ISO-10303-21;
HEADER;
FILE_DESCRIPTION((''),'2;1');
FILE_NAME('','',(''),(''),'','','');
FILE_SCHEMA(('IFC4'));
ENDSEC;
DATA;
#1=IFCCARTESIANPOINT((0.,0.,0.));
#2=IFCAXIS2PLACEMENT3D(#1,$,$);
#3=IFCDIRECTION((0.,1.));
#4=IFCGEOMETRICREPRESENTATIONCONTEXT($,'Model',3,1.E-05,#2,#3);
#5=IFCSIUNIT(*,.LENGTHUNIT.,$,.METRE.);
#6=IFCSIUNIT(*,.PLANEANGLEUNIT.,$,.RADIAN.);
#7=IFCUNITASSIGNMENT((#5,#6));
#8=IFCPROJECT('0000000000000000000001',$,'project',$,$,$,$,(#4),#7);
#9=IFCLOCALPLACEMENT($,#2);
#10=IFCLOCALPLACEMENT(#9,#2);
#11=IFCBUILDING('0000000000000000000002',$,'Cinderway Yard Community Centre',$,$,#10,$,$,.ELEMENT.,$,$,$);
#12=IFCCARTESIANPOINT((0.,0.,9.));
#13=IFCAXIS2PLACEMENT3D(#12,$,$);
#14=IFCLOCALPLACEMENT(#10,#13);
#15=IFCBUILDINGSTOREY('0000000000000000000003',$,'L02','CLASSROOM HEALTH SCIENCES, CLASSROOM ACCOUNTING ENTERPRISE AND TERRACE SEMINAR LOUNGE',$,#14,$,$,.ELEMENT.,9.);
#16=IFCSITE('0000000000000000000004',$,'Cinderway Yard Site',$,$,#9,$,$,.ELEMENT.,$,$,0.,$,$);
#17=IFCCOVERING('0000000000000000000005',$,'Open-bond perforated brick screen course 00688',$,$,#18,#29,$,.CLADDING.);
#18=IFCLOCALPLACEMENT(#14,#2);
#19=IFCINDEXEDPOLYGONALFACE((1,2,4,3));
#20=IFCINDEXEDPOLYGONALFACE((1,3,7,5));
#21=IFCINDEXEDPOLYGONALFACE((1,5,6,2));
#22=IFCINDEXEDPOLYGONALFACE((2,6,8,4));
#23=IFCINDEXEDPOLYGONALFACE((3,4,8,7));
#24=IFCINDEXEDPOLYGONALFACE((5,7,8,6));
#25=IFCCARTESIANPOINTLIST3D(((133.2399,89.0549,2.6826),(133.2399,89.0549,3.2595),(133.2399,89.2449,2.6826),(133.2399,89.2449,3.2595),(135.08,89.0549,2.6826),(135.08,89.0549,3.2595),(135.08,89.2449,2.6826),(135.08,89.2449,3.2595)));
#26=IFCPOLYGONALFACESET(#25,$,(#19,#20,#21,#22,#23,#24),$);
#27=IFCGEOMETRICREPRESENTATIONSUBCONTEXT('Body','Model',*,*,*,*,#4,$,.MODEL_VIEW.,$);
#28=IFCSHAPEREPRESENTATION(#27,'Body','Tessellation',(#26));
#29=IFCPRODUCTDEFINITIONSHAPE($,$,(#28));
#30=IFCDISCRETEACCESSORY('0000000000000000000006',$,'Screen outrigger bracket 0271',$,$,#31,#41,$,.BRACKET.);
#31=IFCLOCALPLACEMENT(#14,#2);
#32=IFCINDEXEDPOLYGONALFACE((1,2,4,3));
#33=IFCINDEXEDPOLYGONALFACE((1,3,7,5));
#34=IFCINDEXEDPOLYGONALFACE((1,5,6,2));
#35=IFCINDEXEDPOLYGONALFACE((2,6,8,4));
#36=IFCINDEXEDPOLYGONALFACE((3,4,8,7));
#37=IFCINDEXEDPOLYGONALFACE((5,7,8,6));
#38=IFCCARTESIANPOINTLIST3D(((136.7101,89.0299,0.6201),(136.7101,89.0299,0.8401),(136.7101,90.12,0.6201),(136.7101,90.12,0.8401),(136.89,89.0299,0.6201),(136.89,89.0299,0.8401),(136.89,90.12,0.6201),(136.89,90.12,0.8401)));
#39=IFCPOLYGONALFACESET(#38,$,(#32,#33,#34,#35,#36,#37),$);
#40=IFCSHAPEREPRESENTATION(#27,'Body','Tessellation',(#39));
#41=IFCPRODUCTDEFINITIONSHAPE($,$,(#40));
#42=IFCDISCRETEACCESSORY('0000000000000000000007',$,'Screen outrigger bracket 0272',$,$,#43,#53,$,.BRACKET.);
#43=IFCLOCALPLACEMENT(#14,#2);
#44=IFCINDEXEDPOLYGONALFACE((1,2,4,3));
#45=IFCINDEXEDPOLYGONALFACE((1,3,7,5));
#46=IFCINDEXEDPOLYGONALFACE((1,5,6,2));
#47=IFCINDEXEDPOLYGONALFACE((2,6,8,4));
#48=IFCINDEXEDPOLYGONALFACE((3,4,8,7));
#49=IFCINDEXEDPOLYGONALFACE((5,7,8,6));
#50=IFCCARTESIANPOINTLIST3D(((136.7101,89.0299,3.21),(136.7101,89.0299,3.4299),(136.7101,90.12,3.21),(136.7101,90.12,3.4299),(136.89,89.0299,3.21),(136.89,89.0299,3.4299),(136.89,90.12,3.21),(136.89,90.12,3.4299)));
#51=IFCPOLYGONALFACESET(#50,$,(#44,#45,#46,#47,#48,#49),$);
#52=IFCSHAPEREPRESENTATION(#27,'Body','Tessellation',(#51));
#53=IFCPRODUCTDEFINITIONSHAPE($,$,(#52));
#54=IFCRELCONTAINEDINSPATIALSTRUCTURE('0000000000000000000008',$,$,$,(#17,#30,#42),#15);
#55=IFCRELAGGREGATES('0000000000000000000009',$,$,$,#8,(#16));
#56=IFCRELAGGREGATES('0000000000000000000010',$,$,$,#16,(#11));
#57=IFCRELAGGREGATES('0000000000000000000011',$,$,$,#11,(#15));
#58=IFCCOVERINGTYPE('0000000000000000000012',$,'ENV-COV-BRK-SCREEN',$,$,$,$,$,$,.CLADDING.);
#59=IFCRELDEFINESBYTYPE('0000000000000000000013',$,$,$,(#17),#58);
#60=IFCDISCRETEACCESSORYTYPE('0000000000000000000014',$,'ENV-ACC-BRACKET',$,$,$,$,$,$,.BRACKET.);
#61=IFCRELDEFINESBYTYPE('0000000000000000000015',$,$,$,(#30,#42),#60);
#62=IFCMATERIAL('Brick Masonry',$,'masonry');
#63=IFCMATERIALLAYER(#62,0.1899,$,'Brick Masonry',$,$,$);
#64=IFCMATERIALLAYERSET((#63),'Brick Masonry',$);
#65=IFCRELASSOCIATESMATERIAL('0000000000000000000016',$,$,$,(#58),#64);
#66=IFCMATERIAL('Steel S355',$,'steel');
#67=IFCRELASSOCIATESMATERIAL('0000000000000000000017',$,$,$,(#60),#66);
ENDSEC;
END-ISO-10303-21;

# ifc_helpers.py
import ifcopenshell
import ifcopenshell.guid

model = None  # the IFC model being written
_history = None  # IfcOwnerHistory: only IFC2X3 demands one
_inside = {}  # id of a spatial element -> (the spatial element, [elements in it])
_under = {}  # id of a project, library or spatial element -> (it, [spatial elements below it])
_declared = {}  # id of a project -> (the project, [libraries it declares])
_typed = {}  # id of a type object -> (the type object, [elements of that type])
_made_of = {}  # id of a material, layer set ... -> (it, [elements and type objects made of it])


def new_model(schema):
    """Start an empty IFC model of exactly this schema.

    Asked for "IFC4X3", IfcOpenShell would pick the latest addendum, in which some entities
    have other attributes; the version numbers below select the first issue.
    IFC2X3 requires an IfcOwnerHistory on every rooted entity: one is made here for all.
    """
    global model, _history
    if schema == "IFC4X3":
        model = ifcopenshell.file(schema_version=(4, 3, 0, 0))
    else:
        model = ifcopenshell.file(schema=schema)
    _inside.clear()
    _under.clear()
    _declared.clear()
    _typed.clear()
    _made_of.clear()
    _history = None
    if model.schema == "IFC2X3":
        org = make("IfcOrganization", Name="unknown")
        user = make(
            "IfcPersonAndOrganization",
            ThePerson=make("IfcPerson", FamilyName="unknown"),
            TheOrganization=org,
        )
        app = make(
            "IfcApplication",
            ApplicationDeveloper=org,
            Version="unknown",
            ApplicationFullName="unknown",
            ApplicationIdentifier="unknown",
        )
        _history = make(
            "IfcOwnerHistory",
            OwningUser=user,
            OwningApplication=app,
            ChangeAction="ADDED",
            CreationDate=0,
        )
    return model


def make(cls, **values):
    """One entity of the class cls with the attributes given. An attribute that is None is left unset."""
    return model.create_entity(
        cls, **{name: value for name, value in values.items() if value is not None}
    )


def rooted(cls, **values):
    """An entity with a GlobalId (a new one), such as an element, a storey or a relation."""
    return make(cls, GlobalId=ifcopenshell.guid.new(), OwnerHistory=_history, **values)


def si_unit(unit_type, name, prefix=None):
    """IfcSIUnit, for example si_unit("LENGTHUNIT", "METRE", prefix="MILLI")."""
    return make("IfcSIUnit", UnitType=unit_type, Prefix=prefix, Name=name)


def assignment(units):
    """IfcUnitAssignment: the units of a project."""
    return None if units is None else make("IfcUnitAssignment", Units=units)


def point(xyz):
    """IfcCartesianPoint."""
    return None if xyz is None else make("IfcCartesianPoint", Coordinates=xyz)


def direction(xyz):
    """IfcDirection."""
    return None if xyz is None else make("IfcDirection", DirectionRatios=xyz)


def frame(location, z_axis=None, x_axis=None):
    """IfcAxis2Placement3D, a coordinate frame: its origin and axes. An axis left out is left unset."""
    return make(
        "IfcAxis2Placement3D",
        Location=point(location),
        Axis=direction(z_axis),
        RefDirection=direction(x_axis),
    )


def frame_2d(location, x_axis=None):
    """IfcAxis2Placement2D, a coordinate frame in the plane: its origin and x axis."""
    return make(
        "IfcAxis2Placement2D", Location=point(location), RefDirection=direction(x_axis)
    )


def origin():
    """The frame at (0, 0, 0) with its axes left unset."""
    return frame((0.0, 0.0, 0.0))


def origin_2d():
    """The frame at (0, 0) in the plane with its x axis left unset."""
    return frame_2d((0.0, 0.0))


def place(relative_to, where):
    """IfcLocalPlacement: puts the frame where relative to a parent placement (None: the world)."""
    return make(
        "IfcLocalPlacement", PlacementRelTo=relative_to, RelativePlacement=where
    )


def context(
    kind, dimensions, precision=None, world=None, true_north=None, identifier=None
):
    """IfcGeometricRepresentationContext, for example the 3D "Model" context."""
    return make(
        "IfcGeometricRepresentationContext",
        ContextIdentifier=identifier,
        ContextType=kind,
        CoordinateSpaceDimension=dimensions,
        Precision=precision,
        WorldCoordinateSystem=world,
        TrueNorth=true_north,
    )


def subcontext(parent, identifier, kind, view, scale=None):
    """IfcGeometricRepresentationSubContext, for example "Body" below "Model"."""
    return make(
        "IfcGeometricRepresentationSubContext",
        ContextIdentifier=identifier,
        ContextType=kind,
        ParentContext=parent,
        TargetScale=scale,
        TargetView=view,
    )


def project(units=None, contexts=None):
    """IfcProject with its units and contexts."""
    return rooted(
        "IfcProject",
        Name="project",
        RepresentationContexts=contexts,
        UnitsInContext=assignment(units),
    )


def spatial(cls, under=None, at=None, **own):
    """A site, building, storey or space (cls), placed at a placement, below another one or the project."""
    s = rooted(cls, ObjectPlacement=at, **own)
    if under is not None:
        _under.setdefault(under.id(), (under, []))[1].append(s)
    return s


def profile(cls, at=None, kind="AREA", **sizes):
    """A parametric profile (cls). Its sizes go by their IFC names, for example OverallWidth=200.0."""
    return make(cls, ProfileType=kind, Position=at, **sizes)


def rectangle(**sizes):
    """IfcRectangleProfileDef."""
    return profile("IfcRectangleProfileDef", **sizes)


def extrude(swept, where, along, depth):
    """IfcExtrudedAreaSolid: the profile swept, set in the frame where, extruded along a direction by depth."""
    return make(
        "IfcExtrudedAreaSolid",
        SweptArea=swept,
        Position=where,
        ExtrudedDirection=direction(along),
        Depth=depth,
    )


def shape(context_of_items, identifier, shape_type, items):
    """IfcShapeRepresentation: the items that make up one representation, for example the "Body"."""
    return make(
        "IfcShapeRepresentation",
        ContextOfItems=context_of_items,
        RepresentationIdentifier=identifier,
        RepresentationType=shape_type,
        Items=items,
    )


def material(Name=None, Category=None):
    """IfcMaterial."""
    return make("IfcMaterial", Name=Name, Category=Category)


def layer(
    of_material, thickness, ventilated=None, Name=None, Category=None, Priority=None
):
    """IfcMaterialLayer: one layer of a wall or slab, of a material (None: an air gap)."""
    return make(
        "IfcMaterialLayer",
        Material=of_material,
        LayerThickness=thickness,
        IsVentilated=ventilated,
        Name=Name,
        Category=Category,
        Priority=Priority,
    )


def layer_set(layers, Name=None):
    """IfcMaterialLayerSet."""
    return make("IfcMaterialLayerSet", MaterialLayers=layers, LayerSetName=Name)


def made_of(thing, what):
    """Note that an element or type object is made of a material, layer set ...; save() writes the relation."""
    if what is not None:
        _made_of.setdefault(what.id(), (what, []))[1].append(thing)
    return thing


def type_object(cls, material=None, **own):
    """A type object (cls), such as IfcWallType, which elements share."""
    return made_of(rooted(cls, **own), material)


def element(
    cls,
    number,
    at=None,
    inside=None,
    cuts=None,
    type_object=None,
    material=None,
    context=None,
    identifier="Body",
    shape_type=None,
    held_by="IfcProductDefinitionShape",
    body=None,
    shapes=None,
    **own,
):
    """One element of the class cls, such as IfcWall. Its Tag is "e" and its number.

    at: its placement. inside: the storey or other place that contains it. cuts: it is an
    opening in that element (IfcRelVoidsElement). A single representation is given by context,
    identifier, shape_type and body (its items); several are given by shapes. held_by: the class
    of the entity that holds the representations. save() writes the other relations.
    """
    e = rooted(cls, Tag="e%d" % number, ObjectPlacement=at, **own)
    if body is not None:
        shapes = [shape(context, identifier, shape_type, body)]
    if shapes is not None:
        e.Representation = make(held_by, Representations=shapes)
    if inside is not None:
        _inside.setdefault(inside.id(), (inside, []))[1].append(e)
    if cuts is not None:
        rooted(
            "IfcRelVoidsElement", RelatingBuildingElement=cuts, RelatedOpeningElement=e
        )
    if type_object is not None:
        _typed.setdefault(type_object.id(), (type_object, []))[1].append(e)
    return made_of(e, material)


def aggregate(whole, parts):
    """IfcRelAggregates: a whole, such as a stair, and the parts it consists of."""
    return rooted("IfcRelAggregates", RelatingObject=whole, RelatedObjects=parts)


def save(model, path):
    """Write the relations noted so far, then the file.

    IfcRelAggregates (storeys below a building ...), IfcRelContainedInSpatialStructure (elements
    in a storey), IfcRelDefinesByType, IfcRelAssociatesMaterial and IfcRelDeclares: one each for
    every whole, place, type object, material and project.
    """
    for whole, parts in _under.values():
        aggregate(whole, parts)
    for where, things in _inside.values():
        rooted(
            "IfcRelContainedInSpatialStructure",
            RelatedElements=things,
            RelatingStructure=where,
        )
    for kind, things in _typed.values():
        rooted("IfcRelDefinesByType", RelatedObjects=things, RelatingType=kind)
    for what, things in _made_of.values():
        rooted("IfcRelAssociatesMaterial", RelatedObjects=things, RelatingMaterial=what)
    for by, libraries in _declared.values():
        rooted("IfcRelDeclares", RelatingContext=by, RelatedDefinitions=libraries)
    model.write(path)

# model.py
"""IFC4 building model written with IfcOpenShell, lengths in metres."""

from ifc_helpers import new_model, si_unit, direction, frame, origin, origin_2d, place, context, subcontext, project, spatial, rectangle, extrude, material, layer, layer_set, type_object, element, save


model = new_model("IFC4")

# Units and contexts
model_context = context("Model", 3, precision=1e-05, world=origin(), true_north=direction((0.0, 1.0)))
body_context = subcontext(model_context, "Body", "Model", "MODEL_VIEW")
ifc_project = project(units=[si_unit("LENGTHUNIT", "METRE"), si_unit("PLANEANGLEUNIT", "RADIAN")], contexts=[model_context])

# Site, building, storey
site_placement = place(None, origin())
site = spatial("IfcSite", under=ifc_project, at=site_placement, Name="Cinderway Yard Site", CompositionType="ELEMENT", RefElevation=0.0)
building_placement = place(site_placement, origin())
building = spatial("IfcBuilding", under=site, at=building_placement, Name="Cinderway Yard Community Centre", CompositionType="ELEMENT")
storey_placement = place(building_placement, frame((0.0, 0.0, 9.0)))
storey = spatial("IfcBuildingStorey", under=building, at=storey_placement, Name="L02", Description="CLASSROOM HEALTH SCIENCES, CLASSROOM ACCOUNTING ENTERPRISE AND TERRACE SEMINAR LOUNGE", CompositionType="ELEMENT", Elevation=9.0)

# Shared definitions
ifc_material_1 = material(Name="Steel S355", Category="steel")

# Shared definitions
ifc_material_2 = material(Name="Brick Masonry", Category="masonry")

# Covering
ifc_layer_1 = layer(ifc_material_2, 0.1899, Name="Brick Masonry")
ifc_layer_set_1 = layer_set([ifc_layer_1], Name="Brick Masonry")
covering_type = type_object("IfcCoveringType", Name="ENV-COV-BRK-SCREEN", PredefinedType="CLADDING", material=ifc_layer_set_1)
for number, where, z_axis, x_axis, name in (
    (1, (134.1599, 89.1499, 2.6826), (0.0, 0.0, 1.0), (-1.0, 0.0, 0.0), "Open-bond perforated brick screen course 00688"),
):
    element("IfcCovering", number, at=place(storey_placement, frame(where, z_axis=z_axis, x_axis=x_axis)), inside=storey, type_object=covering_type, Name=name, PredefinedType="CLADDING", context=body_context, shape_type="SweptSolid", body=[
        extrude(rectangle(XDim=1.8401, YDim=0.1899, at=origin_2d()), origin(), (0.0, 0.0, 1.0), 0.5769),
    ])

# Discrete accessories
discrete_accessory_type = type_object("IfcDiscreteAccessoryType", Name="ENV-ACC-BRACKET", PredefinedType="BRACKET", material=ifc_material_1)
for number, where, z_axis, x_axis, name in (
    (2, (136.8, 89.575, 0.6201), (0.0, 0.0, 1.0), (0.0, -1.0, 0.0), "Screen outrigger bracket 0271"),
    (3, (136.8, 89.575, 3.21), (0.0, 0.0, 1.0), (0.0, -1.0, 0.0), "Screen outrigger bracket 0272"),
):
    element("IfcDiscreteAccessory", number, at=place(storey_placement, frame(where, z_axis=z_axis, x_axis=x_axis)), inside=storey, type_object=discrete_accessory_type, Name=name, PredefinedType="BRACKET", context=body_context, shape_type="SweptSolid", body=[
        extrude(rectangle(XDim=1.0901, YDim=0.1799, at=origin_2d()), origin(), (0.0, 0.0, 1.0), 0.22),
    ])

save(model, "model.ifc")
